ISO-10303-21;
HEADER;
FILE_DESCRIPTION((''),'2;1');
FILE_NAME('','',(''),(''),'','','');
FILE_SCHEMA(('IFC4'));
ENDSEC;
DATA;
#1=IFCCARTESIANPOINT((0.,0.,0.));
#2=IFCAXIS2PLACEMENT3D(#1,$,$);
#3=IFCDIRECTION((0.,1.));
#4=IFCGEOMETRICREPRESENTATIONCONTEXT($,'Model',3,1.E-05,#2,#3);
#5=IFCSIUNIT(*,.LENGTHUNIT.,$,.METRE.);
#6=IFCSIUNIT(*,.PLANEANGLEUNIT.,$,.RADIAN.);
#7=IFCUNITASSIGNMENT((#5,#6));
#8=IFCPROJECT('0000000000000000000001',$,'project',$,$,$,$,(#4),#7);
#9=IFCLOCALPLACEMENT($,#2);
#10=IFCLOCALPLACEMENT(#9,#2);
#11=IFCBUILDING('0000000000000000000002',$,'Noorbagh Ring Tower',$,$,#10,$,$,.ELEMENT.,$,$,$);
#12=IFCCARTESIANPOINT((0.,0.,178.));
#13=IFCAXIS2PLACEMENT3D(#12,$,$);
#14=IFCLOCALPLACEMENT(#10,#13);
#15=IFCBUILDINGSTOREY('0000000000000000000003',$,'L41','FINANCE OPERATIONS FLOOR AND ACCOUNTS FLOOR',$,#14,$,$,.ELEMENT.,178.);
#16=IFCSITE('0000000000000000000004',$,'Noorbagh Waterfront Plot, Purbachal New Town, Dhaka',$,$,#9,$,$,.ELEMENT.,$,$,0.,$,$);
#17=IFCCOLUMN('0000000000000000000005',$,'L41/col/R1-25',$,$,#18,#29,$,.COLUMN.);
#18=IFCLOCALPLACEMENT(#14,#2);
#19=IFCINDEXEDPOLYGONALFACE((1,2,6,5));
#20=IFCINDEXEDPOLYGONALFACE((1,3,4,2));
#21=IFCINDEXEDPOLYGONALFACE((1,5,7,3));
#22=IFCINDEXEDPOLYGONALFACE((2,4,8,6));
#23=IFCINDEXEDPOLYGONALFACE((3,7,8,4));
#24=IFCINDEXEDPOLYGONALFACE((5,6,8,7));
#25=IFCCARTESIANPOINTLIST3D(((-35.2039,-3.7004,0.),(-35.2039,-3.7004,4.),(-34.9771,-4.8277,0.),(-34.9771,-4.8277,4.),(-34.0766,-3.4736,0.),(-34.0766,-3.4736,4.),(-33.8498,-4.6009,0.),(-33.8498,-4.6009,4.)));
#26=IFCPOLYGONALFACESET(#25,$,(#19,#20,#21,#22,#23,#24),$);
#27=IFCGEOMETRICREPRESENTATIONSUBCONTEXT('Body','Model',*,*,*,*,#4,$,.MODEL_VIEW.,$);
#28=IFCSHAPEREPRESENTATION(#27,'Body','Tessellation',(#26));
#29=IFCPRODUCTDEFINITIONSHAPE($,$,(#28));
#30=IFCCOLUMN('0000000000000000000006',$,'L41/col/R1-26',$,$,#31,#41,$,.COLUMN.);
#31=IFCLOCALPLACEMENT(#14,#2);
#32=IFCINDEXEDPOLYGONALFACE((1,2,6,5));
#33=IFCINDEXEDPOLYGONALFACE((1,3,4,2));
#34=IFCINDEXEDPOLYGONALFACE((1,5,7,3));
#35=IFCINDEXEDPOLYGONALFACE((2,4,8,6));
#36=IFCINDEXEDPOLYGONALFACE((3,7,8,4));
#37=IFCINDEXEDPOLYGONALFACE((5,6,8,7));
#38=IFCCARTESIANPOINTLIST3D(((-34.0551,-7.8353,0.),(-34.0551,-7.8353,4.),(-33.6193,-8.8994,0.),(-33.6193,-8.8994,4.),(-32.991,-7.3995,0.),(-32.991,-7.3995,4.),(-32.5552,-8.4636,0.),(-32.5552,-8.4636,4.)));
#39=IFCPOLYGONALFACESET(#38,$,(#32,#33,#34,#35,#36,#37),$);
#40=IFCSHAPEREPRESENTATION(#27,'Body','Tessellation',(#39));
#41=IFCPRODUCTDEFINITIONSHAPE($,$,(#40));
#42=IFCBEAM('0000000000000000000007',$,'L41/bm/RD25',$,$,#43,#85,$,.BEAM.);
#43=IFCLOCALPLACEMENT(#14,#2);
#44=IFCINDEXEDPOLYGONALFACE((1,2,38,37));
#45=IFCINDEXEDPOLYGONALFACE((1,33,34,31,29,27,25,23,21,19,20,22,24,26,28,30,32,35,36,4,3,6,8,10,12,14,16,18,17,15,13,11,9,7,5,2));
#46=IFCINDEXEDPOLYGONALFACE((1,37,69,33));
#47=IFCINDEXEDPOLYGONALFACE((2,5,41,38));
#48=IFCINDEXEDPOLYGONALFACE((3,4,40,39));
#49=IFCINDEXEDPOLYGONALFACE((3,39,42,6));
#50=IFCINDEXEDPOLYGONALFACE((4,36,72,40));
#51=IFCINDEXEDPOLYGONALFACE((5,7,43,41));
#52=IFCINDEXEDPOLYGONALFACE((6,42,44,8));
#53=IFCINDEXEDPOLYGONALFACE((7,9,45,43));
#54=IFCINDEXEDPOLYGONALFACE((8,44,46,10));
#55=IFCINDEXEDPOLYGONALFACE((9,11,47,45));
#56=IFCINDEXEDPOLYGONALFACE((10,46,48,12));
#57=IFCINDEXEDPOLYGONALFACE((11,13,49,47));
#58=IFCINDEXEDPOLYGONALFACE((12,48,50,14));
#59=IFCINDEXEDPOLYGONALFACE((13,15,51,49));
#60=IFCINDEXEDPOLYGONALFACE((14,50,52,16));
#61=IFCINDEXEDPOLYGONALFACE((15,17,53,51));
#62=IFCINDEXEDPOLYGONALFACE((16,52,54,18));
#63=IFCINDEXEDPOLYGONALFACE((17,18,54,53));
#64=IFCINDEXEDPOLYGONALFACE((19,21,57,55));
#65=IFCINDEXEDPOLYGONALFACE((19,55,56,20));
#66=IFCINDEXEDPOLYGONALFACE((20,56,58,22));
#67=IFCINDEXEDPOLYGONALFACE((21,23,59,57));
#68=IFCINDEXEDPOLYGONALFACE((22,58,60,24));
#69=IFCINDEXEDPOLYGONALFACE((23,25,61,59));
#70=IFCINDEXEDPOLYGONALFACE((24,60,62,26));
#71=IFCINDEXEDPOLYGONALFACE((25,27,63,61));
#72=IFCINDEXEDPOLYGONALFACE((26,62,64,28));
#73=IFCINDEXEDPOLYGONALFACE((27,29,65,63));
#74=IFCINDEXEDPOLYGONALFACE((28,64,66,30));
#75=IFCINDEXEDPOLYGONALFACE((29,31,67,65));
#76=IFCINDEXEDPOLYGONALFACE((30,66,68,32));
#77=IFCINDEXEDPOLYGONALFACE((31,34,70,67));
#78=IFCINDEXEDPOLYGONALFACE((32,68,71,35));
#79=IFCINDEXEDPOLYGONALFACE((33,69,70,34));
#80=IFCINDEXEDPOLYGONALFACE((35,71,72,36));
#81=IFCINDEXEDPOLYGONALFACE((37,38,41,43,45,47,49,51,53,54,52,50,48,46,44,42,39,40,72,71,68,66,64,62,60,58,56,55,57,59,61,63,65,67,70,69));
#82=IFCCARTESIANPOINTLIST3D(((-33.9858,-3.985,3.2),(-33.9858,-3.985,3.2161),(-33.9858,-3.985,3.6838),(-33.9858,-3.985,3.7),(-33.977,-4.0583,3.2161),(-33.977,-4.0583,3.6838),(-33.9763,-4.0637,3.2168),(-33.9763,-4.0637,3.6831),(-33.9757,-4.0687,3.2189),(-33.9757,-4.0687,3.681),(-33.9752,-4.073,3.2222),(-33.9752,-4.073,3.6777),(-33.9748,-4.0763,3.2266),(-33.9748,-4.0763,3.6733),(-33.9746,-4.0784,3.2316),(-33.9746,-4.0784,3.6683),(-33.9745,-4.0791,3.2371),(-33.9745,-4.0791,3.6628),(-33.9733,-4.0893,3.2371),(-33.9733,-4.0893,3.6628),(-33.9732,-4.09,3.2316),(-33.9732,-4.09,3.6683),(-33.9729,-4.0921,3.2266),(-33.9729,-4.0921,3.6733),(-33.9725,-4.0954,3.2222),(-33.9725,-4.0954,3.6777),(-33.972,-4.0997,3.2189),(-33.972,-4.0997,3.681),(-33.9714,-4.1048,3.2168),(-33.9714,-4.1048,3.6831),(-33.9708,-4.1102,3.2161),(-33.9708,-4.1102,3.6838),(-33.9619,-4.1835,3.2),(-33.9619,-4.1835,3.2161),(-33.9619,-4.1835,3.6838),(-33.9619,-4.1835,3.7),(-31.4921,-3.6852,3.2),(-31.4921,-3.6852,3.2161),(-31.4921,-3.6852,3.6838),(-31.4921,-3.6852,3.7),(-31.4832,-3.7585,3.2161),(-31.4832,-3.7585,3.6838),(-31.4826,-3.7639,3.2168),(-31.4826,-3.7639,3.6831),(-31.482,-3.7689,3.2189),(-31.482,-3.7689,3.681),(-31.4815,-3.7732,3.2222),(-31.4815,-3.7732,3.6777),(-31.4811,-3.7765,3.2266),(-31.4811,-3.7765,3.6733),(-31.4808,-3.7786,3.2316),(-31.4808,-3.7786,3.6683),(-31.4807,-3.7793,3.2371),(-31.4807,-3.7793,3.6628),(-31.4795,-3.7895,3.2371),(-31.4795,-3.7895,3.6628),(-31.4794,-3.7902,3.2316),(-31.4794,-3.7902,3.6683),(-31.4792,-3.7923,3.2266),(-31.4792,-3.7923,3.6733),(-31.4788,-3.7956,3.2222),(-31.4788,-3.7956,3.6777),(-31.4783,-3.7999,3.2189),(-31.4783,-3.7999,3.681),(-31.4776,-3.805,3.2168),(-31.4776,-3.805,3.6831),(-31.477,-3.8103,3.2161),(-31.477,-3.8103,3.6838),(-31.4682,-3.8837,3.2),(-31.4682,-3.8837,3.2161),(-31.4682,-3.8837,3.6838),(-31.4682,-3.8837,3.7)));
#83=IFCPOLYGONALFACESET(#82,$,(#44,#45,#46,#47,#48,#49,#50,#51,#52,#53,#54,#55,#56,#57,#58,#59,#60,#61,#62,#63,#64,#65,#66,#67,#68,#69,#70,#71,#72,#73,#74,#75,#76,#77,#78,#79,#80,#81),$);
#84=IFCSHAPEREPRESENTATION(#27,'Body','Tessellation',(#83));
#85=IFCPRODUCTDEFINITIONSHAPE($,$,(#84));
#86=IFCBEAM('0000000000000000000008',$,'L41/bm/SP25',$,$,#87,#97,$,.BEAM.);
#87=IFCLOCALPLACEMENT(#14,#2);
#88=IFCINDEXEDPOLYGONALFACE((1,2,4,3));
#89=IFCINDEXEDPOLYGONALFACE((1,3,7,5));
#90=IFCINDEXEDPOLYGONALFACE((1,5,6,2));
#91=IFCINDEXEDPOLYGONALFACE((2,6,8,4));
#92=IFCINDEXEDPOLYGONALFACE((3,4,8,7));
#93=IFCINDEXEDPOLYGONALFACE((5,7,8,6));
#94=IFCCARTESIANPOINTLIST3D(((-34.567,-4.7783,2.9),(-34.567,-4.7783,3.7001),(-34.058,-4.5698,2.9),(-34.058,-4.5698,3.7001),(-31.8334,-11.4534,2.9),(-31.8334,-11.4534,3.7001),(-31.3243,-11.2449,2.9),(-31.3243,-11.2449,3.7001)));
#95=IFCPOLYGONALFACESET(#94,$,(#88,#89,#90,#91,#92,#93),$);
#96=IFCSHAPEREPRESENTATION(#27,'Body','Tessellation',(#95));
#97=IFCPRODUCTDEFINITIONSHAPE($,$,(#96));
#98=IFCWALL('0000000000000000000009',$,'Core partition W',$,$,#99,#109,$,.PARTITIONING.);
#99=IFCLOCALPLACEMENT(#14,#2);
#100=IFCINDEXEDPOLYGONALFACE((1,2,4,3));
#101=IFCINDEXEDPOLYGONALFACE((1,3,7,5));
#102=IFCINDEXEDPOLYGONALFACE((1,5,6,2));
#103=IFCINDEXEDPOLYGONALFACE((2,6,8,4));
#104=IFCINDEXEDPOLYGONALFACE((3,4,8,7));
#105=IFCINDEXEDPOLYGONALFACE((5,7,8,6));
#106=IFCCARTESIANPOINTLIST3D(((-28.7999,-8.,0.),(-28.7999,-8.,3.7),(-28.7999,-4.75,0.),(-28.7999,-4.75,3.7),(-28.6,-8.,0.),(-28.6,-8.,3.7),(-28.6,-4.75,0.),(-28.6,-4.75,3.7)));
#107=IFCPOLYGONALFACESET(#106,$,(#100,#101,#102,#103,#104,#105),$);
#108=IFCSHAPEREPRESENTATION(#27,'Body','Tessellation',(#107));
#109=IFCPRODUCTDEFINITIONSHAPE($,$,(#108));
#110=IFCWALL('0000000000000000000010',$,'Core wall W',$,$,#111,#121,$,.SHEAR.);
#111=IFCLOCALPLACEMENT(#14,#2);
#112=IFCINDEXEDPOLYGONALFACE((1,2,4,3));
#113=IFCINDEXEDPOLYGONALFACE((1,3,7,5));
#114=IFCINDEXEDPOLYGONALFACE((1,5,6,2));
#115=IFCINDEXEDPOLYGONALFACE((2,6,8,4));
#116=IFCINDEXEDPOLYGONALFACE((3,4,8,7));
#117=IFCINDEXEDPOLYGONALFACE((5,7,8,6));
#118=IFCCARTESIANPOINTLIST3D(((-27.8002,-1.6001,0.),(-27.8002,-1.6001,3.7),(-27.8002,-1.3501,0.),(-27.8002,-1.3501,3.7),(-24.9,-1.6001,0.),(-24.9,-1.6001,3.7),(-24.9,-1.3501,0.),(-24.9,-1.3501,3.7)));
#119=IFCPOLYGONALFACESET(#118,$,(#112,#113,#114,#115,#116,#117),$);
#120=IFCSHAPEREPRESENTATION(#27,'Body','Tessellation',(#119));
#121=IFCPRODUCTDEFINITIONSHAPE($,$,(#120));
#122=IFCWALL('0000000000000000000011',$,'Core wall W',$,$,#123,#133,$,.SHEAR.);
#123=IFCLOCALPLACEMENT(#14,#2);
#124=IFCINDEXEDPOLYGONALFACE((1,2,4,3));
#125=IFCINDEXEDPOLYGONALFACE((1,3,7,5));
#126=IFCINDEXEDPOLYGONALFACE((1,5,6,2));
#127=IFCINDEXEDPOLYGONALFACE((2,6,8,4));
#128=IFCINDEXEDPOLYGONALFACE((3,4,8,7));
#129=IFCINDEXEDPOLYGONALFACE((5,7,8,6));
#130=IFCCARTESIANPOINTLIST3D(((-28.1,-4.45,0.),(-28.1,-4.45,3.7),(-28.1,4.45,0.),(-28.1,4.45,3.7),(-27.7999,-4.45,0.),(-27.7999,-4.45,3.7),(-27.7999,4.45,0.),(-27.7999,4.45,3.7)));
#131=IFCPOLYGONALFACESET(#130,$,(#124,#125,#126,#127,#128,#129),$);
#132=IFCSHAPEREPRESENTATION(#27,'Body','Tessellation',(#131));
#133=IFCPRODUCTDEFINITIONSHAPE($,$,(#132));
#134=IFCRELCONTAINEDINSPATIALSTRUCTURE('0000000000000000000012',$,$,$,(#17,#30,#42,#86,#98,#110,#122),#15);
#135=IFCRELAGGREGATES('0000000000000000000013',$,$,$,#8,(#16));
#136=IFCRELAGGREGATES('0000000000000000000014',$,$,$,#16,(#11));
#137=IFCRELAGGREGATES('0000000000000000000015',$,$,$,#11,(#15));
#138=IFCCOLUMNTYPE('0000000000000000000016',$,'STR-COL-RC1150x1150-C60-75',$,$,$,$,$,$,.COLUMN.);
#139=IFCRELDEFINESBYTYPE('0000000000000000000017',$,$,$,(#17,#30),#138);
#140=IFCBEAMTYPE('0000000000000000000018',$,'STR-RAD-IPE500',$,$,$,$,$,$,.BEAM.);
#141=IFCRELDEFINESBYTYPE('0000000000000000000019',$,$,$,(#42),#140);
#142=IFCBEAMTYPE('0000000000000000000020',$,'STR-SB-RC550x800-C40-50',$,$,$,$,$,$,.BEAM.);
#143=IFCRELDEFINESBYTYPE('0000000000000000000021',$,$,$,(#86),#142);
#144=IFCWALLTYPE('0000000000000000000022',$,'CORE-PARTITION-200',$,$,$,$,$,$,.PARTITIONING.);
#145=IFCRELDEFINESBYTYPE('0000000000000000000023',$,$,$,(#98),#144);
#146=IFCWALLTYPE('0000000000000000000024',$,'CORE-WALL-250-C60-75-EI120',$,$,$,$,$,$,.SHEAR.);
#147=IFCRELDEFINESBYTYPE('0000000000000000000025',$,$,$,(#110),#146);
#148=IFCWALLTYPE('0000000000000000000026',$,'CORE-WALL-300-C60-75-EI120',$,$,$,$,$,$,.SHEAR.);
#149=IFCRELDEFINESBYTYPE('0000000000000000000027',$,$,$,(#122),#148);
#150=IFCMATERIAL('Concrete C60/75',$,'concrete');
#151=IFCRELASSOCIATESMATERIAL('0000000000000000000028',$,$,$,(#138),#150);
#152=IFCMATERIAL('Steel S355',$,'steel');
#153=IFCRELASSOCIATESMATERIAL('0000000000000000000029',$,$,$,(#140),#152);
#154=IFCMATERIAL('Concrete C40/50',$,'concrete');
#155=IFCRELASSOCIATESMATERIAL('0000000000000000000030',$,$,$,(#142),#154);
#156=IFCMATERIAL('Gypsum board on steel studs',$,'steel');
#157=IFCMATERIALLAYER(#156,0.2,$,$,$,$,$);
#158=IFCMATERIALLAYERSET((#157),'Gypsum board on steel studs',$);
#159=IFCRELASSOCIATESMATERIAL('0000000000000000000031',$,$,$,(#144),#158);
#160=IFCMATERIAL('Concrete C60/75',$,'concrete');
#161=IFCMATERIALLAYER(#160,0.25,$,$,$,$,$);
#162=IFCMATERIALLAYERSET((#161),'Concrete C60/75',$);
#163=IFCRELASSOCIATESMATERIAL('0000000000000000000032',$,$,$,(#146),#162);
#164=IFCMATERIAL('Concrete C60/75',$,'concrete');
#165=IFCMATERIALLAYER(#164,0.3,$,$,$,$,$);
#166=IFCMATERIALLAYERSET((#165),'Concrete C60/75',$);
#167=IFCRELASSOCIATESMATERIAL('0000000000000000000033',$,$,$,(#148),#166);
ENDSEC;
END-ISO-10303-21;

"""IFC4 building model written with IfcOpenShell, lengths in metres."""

from ifc_helpers import new_model, si_unit, direction, frame, frame_2d, origin, origin_2d, place, context, subcontext, project, spatial, rectangle, i_section, extrude, material, layer, layer_set, material_profile, profile_set, type_object, element, save


model = new_model("IFC4")

# Units and contexts
model_context = context("Model", 3, precision=1e-05, world=origin(), true_north=direction((0.0, 1.0)))
body_context = subcontext(model_context, "Body", "Model", "MODEL_VIEW")
ifc_project = project(units=[si_unit("LENGTHUNIT", "METRE"), si_unit("PLANEANGLEUNIT", "RADIAN")], contexts=[model_context])

# Site, building, storey
site_placement = place(None, origin())
site = spatial("IfcSite", under=ifc_project, at=site_placement, Name="Noorbagh Waterfront Plot, Purbachal New Town, Dhaka", CompositionType="ELEMENT", RefElevation=0.0)
building_placement = place(site_placement, origin())
building = spatial("IfcBuilding", under=site, at=building_placement, Name="Noorbagh Ring Tower", CompositionType="ELEMENT")
storey_placement = place(building_placement, frame((0.0, 0.0, 178.0)))
storey = spatial("IfcBuildingStorey", under=building, at=storey_placement, Name="L41", Description="FINANCE OPERATIONS FLOOR AND ACCOUNTS FLOOR", CompositionType="ELEMENT", Elevation=178.0)

# Columns
ifc_material_1 = material(Name="Concrete C60/75", Category="concrete")
ifc_material_profile_1 = material_profile(ifc_material_1, rectangle(XDim=1.1499, YDim=1.1499, at=origin_2d()), Name="RC1150x1150")
ifc_profile_set_1 = profile_set([ifc_material_profile_1], Name="Concrete C60/75")
column_type = type_object("IfcColumnType", Name="STR-COL-RC1150x1150-C60-75", PredefinedType="COLUMN", material=ifc_profile_set_1)
for number, where, z_axis, x_axis, name in (
    (1, (-34.5269, -4.1506, 0.0), (0.0, 0.0, 1.0), (0.19723, -0.980357, 0.0), "L41/col/R1-25"),
    (2, (-33.3052, -8.1494, 0.0), (0.0, 0.0, 1.0), (0.378989, -0.925401, 0.0), "L41/col/R1-26"),
):
    element("IfcColumn", number, at=place(storey_placement, frame(where, z_axis=z_axis, x_axis=x_axis)), inside=storey, type_object=column_type, Name=name, PredefinedType="COLUMN", context=body_context, shape_type="SweptSolid", body=[
        extrude(rectangle(XDim=1.1499, YDim=1.1499, at=origin_2d()), origin(), (0.0, 0.0, 1.0), 4.0),
    ])

# Beams
ifc_material_2 = material(Name="Steel S355", Category="steel")
ifc_material_profile_2 = material_profile(ifc_material_2, i_section(OverallWidth=0.2, OverallDepth=0.5, WebThickness=0.0103, FlangeThickness=0.0161, FilletRadius=0.021, at=origin_2d()), Name="IPE500")
ifc_profile_set_2 = profile_set([ifc_material_profile_2], Name="Steel S355")
beam_type_1 = type_object("IfcBeamType", Name="STR-RAD-IPE500", PredefinedType="BEAM", material=ifc_profile_set_2)
beam_1_placement = place(storey_placement, frame((-33.9739, -4.0842, 3.45), z_axis=(0.99285, 0.119368, 0.0), x_axis=(-0.119368, 0.99285, 0.0)))
element("IfcBeam", 3, at=beam_1_placement, inside=storey, type_object=beam_type_1, Name="L41/bm/RD25", PredefinedType="BEAM", context=body_context, shape_type="SweptSolid", body=[
    extrude(i_section(OverallWidth=0.2, OverallDepth=0.5, WebThickness=0.0103, FlangeThickness=0.0161, FilletRadius=0.021, at=origin_2d()), origin(), (0.0, 0.0, 1.0), 2.5117),
])
ifc_material_3 = material(Name="Concrete C40/50", Category="concrete")
ifc_material_profile_3 = material_profile(ifc_material_3, rectangle(XDim=0.55, YDim=0.8, at=origin_2d()), Name="RC550x800")
ifc_profile_set_3 = profile_set([ifc_material_profile_3], Name="Concrete C40/50")
beam_type_2 = type_object("IfcBeamType", Name="STR-SB-RC550x800-C40-50", PredefinedType="BEAM", material=ifc_profile_set_3)
beam_2_placement = place(storey_placement, frame((-34.3125, -4.6741, 3.3), z_axis=(0.378982, -0.925404, 0.0), x_axis=(0.925404, 0.378982, 0.0)))
element("IfcBeam", 4, at=beam_2_placement, inside=storey, type_object=beam_type_2, Name="L41/bm/SP25", PredefinedType="BEAM", context=body_context, shape_type="SweptSolid", body=[
    extrude(rectangle(XDim=0.55, YDim=0.8, at=origin_2d()), origin(), (0.0, 0.0, 1.0), 7.2131),
])

# Walls
ifc_material_4 = material(Name="Gypsum board on steel studs", Category="steel")
ifc_layer_1 = layer(ifc_material_4, 0.2)
ifc_layer_set_1 = layer_set([ifc_layer_1], Name="Gypsum board on steel studs")
wall_type_1 = type_object("IfcWallType", Name="CORE-PARTITION-200", PredefinedType="PARTITIONING", material=ifc_layer_set_1)
wall_1_placement = place(storey_placement, frame((-28.7, -8.0, 0.0), z_axis=(0.0, 0.0, 1.0), x_axis=(0.0, 1.0, 0.0)))
element("IfcWall", 5, at=wall_1_placement, inside=storey, type_object=wall_type_1, Name="Core partition W", PredefinedType="PARTITIONING", context=body_context, shape_type="SweptSolid", body=[
    extrude(rectangle(XDim=3.25, YDim=0.2, at=frame_2d((1.625, 0.0))), origin(), (0.0, 0.0, 1.0), 3.7),
])
ifc_material_5 = material(Name="Concrete C60/75", Category="concrete")
ifc_layer_2 = layer(ifc_material_5, 0.25)
ifc_layer_set_2 = layer_set([ifc_layer_2], Name="Concrete C60/75")
wall_type_2 = type_object("IfcWallType", Name="CORE-WALL-250-C60-75-EI120", PredefinedType="SHEAR", material=ifc_layer_set_2)
wall_2_placement = place(storey_placement, frame((-24.8999, -1.4751, 0.0), z_axis=(0.0, 0.0, 1.0), x_axis=(-1.0, 0.0, 0.0)))
element("IfcWall", 6, at=wall_2_placement, inside=storey, type_object=wall_type_2, Name="Core wall W", PredefinedType="SHEAR", context=body_context, shape_type="SweptSolid", body=[
    extrude(rectangle(XDim=2.9001, YDim=0.25, at=frame_2d((1.4502, 0.0))), origin(), (0.0, 0.0, 1.0), 3.7),
])
ifc_material_6 = material(Name="Concrete C60/75", Category="concrete")
ifc_layer_3 = layer(ifc_material_6, 0.3)
ifc_layer_set_3 = layer_set([ifc_layer_3], Name="Concrete C60/75")
wall_type_3 = type_object("IfcWallType", Name="CORE-WALL-300-C60-75-EI120", PredefinedType="SHEAR", material=ifc_layer_set_3)
wall_3_placement = place(storey_placement, frame((-27.95, -4.45, 0.0), z_axis=(0.0, 0.0, 1.0), x_axis=(0.0, 1.0, 0.0)))
element("IfcWall", 7, at=wall_3_placement, inside=storey, type_object=wall_type_3, Name="Core wall W", PredefinedType="SHEAR", context=body_context, shape_type="SweptSolid", body=[
    extrude(rectangle(XDim=8.8999, YDim=0.3, at=frame_2d((4.45, 0.0))), origin(), (0.0, 0.0, 1.0), 3.7),
])

save(model, "model.ifc")
